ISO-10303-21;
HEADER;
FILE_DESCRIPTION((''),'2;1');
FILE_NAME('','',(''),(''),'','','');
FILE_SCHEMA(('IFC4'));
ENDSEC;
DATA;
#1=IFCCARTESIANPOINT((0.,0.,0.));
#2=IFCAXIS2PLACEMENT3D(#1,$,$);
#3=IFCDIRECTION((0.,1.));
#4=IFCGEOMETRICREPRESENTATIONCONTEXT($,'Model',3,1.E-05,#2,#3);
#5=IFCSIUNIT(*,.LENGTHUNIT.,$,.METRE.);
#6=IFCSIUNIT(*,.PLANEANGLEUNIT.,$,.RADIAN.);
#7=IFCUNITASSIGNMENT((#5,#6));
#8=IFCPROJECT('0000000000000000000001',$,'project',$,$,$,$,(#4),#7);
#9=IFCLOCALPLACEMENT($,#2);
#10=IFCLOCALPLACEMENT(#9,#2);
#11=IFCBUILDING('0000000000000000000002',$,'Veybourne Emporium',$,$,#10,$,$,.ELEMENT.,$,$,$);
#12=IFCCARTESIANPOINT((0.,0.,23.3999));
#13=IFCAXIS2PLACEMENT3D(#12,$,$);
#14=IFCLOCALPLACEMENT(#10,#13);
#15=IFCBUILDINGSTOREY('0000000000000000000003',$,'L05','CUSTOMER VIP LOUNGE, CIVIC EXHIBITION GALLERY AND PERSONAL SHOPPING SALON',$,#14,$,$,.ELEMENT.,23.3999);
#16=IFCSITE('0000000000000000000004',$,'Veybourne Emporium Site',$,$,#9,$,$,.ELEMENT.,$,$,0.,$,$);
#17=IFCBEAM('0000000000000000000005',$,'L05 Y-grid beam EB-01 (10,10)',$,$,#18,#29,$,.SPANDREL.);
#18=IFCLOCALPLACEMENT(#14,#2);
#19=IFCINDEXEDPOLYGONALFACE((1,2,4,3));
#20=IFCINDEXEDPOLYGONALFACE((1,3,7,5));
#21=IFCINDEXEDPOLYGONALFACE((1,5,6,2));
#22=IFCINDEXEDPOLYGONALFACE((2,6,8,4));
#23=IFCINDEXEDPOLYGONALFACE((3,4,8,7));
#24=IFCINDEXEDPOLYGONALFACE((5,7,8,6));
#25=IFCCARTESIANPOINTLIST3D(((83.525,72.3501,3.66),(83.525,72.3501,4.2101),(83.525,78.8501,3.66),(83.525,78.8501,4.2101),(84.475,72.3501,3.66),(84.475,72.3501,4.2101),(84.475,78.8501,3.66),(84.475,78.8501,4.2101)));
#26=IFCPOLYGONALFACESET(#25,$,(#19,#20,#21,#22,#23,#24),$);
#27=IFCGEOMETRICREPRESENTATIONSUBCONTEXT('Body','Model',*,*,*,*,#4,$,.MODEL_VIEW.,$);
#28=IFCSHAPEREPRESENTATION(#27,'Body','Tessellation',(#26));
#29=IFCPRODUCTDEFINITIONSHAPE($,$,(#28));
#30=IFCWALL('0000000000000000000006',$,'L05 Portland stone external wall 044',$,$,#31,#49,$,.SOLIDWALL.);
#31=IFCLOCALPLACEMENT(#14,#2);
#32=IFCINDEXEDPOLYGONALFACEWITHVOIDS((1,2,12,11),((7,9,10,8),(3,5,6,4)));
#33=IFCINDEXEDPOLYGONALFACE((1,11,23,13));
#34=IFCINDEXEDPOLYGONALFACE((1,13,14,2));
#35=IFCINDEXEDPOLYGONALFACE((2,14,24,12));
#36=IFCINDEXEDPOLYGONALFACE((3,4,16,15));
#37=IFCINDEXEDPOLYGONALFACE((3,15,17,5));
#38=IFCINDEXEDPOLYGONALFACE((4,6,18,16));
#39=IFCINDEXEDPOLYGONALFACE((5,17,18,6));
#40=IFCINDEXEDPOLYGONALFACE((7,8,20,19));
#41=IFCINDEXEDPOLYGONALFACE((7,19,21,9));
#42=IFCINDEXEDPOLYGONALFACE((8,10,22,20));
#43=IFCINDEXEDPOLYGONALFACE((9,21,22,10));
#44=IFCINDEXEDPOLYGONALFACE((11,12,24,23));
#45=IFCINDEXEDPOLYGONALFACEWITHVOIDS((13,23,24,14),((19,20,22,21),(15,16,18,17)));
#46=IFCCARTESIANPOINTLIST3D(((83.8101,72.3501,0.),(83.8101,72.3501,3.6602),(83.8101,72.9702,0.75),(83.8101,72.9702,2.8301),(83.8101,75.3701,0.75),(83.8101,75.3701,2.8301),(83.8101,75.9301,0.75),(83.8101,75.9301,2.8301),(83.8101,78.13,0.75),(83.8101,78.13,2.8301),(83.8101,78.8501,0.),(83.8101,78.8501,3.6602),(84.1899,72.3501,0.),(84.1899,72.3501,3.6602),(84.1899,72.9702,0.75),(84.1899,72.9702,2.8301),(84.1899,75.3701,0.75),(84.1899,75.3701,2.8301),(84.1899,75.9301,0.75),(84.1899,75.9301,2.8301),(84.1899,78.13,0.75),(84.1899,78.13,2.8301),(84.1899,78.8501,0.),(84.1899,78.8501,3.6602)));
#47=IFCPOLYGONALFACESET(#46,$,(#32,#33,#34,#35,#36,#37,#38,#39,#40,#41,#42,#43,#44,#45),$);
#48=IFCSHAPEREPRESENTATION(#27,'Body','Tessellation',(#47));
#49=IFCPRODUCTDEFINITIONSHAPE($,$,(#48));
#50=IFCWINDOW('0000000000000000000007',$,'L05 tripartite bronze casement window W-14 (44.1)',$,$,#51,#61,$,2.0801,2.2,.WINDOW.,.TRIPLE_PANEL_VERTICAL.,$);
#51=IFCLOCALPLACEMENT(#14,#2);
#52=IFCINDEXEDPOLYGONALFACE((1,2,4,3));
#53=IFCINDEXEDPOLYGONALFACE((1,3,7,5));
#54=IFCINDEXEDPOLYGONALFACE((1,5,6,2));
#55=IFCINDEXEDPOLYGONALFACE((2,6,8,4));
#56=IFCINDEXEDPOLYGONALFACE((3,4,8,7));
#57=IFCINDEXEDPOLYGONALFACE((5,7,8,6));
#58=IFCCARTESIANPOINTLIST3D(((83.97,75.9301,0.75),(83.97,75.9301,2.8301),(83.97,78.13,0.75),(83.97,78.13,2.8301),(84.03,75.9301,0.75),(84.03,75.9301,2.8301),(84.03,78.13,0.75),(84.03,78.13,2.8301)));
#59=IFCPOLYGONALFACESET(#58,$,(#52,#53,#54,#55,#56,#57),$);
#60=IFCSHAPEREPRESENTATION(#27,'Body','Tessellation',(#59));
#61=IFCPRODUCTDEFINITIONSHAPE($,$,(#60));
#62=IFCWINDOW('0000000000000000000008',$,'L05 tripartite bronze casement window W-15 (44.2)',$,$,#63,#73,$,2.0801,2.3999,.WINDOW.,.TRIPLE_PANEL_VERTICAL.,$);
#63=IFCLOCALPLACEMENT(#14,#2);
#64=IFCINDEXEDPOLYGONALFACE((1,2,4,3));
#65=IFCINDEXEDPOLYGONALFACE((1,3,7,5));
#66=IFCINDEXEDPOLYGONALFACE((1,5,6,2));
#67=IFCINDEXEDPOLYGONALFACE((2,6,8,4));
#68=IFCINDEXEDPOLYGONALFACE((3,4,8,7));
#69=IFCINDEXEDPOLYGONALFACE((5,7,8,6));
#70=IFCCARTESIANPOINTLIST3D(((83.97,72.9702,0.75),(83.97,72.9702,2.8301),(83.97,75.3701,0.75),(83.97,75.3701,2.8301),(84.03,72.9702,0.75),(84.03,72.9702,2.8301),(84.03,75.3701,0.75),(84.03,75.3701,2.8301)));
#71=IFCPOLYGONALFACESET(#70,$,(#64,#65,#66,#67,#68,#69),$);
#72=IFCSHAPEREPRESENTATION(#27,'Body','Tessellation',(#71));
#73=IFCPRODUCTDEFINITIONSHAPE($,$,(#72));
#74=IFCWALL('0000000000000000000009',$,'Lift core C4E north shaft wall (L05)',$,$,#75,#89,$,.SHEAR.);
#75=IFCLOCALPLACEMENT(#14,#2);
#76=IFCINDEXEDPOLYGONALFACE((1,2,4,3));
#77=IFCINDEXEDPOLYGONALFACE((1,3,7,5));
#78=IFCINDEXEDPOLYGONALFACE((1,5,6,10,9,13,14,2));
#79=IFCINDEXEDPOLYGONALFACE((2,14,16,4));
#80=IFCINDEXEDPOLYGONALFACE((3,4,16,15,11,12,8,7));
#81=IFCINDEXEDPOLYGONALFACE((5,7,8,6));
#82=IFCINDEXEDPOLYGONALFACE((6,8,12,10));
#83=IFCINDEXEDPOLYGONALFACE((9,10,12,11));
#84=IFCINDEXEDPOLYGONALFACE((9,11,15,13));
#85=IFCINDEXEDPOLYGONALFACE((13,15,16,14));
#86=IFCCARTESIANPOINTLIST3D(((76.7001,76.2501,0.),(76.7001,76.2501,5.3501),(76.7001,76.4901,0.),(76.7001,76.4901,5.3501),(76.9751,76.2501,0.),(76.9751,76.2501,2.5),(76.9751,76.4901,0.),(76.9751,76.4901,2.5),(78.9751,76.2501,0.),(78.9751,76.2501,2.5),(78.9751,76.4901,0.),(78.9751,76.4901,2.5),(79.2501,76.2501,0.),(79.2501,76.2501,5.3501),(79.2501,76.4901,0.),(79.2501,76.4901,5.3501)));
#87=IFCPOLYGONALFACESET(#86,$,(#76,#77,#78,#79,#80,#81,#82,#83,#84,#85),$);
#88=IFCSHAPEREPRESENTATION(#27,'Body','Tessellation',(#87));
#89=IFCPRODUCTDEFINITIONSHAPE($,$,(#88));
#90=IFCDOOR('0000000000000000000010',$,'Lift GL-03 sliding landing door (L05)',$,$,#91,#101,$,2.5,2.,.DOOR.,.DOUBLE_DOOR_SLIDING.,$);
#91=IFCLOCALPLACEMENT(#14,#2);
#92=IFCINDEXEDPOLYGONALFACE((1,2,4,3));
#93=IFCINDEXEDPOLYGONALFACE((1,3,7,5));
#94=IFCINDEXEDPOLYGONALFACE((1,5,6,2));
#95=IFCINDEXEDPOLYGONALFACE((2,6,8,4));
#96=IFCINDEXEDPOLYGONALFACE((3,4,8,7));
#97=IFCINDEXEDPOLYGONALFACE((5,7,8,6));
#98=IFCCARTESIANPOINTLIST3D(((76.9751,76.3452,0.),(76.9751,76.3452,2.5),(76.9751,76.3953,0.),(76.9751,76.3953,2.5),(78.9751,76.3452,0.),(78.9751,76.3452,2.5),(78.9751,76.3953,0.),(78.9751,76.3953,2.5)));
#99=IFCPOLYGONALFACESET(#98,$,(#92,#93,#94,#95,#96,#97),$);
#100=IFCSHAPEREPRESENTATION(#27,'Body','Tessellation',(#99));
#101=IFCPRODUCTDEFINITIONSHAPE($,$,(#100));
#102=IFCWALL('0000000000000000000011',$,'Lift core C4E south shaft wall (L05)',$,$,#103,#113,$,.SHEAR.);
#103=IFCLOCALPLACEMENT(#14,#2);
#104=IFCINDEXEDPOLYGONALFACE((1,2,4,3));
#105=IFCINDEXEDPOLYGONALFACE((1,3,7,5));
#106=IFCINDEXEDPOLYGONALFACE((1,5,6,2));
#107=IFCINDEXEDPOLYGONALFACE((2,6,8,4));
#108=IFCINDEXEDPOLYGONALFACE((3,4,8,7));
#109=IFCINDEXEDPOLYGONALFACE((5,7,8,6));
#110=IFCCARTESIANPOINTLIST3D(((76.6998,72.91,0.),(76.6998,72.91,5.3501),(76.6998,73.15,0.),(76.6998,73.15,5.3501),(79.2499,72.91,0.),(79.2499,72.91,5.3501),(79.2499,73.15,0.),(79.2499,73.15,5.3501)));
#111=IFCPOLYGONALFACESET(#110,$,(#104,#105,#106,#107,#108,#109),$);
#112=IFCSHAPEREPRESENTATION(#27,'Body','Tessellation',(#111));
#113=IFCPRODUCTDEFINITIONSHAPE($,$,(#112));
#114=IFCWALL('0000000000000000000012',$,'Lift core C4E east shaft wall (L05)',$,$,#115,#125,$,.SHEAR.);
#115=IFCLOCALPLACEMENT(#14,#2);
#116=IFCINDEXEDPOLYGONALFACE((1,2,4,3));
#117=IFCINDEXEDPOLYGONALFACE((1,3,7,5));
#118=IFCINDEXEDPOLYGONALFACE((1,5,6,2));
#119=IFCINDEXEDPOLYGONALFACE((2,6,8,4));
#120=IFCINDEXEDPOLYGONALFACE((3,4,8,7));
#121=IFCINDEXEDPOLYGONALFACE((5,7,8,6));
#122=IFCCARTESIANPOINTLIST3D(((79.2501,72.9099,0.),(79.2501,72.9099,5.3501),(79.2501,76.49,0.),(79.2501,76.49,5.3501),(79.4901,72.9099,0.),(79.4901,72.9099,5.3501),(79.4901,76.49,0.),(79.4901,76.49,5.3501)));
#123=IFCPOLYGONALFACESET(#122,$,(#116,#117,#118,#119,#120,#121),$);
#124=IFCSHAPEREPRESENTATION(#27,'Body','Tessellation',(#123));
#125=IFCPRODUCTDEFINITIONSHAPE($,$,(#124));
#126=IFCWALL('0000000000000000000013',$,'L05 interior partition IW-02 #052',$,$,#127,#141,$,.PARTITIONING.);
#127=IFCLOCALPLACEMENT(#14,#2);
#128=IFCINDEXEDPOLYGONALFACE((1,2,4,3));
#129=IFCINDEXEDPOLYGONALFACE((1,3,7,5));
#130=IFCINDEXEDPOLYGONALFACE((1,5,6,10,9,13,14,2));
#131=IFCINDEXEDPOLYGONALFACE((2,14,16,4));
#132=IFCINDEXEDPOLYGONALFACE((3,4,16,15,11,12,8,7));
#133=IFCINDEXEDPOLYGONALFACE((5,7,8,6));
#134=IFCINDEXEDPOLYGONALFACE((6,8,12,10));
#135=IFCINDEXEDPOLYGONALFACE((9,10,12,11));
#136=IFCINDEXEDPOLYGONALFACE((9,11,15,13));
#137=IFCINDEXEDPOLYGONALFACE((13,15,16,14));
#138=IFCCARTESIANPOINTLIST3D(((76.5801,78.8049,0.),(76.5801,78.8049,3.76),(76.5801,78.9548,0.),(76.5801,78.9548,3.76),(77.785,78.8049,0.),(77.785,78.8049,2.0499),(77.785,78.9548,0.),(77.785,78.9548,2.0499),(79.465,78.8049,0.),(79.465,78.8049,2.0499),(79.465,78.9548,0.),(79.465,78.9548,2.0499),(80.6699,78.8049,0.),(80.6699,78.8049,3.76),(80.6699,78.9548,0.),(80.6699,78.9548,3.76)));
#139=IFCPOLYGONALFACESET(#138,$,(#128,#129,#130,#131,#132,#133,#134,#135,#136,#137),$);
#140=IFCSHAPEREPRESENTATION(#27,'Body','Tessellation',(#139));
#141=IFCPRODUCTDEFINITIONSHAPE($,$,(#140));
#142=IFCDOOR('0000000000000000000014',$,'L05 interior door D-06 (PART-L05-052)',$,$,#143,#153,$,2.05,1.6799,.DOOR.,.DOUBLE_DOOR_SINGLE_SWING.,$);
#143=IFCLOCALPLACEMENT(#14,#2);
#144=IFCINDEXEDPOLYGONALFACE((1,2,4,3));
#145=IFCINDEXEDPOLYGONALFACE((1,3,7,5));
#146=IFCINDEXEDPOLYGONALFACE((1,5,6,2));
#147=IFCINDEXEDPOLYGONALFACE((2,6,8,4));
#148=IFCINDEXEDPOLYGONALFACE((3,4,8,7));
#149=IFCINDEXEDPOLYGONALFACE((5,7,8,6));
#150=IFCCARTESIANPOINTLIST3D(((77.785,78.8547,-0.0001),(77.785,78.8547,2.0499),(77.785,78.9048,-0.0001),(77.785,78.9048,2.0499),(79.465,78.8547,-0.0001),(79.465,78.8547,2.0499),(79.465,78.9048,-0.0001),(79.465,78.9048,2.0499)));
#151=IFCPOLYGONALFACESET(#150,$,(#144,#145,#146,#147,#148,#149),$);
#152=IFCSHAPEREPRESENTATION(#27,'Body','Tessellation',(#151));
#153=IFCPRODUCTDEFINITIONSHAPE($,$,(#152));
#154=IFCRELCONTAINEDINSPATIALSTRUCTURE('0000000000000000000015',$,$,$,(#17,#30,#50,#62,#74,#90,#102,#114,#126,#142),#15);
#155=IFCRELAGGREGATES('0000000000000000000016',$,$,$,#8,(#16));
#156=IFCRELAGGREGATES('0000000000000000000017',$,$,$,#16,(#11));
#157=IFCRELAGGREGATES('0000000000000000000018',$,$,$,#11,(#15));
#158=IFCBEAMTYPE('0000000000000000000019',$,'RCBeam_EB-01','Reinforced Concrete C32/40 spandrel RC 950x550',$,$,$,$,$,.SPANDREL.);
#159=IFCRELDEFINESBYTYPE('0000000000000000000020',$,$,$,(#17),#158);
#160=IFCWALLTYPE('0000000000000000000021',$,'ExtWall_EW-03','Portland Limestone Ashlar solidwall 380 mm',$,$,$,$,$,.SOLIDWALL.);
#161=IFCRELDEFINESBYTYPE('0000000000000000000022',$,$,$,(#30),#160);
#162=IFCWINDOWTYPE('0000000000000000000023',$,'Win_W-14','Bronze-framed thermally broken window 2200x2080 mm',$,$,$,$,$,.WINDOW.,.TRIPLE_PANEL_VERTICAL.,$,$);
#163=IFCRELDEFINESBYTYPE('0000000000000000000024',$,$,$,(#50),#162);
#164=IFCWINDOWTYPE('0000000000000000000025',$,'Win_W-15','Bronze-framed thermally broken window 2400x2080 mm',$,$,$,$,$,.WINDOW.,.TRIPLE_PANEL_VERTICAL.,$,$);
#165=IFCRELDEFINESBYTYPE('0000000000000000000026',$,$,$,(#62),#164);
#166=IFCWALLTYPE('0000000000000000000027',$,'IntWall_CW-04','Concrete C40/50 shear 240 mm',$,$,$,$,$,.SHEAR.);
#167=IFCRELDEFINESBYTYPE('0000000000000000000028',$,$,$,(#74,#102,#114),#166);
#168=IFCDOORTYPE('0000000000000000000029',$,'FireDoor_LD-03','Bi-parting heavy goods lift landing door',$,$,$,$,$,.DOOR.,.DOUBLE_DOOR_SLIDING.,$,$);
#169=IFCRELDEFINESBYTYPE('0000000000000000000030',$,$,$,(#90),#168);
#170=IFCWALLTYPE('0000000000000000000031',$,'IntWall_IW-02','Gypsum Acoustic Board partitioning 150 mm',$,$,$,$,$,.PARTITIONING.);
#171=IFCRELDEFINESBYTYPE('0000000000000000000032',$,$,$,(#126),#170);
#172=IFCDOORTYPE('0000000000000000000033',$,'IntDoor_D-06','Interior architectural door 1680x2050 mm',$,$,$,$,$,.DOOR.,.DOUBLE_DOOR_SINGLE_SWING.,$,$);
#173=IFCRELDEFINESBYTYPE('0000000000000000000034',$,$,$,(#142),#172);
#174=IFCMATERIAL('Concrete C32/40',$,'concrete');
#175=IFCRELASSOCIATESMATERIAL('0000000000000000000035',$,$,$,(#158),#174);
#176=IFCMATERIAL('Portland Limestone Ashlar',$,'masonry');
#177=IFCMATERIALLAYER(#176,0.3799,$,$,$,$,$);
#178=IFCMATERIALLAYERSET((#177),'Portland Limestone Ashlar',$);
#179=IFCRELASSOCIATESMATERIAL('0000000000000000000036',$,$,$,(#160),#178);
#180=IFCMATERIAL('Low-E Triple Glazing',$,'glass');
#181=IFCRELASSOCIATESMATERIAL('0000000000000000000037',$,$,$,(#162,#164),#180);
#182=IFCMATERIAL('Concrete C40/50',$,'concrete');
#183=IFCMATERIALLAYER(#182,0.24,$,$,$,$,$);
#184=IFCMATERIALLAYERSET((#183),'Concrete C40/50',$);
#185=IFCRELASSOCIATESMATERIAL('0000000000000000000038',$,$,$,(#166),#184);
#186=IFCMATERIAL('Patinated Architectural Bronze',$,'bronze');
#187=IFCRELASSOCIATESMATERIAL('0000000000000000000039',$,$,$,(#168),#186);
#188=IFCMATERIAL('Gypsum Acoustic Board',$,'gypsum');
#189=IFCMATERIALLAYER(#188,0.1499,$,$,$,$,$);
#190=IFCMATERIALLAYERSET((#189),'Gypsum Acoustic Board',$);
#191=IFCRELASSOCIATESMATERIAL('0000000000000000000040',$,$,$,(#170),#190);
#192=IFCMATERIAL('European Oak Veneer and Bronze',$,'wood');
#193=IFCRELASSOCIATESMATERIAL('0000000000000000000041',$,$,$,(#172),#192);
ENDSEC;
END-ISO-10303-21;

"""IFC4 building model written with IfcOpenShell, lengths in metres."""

from ifc_helpers import new_model, si_unit, direction, frame, frame_2d, origin, origin_2d, place, context, subcontext, project, spatial, rectangle, extrude, material, layer, layer_set, material_profile, profile_set, type_object, element, fill, save


model = new_model("IFC4")

# Units and contexts
model_context = context("Model", 3, precision=1e-05, world=origin(), true_north=direction((0.0, 1.0)))
body_context = subcontext(model_context, "Body", "Model", "MODEL_VIEW")
ifc_project = project(units=[si_unit("LENGTHUNIT", "METRE"), si_unit("PLANEANGLEUNIT", "RADIAN")], contexts=[model_context])

# Site, building, storey
site_placement = place(None, origin())
site = spatial("IfcSite", under=ifc_project, at=site_placement, Name="Veybourne Emporium Site", CompositionType="ELEMENT", RefElevation=0.0)
building_placement = place(site_placement, origin())
building = spatial("IfcBuilding", under=site, at=building_placement, Name="Veybourne Emporium", CompositionType="ELEMENT")
storey_placement = place(building_placement, frame((0.0, 0.0, 23.3999)))
storey = spatial("IfcBuildingStorey", under=building, at=storey_placement, Name="L05", Description="CUSTOMER VIP LOUNGE, CIVIC EXHIBITION GALLERY AND PERSONAL SHOPPING SALON", CompositionType="ELEMENT", Elevation=23.3999)

# Beam
ifc_material_1 = material(Name="Concrete C32/40", Category="concrete")
ifc_material_profile = material_profile(ifc_material_1, rectangle(XDim=0.95, YDim=0.55, at=origin_2d()), Name="RC 950x550")
ifc_profile_set = profile_set([ifc_material_profile], Name="Concrete C32/40")
beam_type = type_object("IfcBeamType", Name="RCBeam_EB-01", Description="Reinforced Concrete C32/40 spandrel RC 950x550", PredefinedType="SPANDREL", material=ifc_profile_set)
beam_placement = place(storey_placement, frame((84.0, 72.3501, 3.9351), z_axis=(0.0, 1.0, 0.0), x_axis=(-1.0, 0.0, 0.0)))
element("IfcBeam", 1, at=beam_placement, inside=storey, type_object=beam_type, Name="L05 Y-grid beam EB-01 (10,10)", PredefinedType="SPANDREL", context=body_context, shape_type="SweptSolid", body=[
    extrude(rectangle(XDim=0.95, YDim=0.55, at=origin_2d()), origin(), (0.0, 0.0, 1.0), 6.5),
])

# Wall, openings, windows
ifc_material_2 = material(Name="Portland Limestone Ashlar", Category="masonry")
ifc_layer_1 = layer(ifc_material_2, 0.3799)
ifc_layer_set_1 = layer_set([ifc_layer_1], Name="Portland Limestone Ashlar")
wall_type_1 = type_object("IfcWallType", Name="ExtWall_EW-03", Description="Portland Limestone Ashlar solidwall 380 mm", PredefinedType="SOLIDWALL", material=ifc_layer_set_1)
wall_1_placement = place(storey_placement, frame((84.0, 78.8501, 0.0), z_axis=(0.0, 0.0, 1.0), x_axis=(0.0, -1.0, 0.0)))
wall_1 = element("IfcWall", 2, at=wall_1_placement, inside=storey, type_object=wall_type_1, Name="L05 Portland stone external wall 044", PredefinedType="SOLIDWALL", context=body_context, shape_type="SweptSolid", body=[
    extrude(rectangle(XDim=6.5, YDim=0.3799, at=frame_2d((3.25, 0.0))), origin(), (0.0, 0.0, 1.0), 3.6602),
])
opening_1_placement = place(wall_1_placement, frame((0.72, 0.0, 0.75)))
opening_1 = element("IfcOpeningElement", 3, at=opening_1_placement, cuts=wall_1, PredefinedType="OPENING", context=body_context, shape_type="SweptSolid", body=[
    extrude(rectangle(XDim=2.2, YDim=2.0801, at=frame_2d((1.1001, 1.04))), frame((0.0, 0.21, 0.0), z_axis=(0.0, -1.0, 0.0), x_axis=(1.0, 0.0, 0.0)), (0.0, 0.0, 1.0), 0.4199),
])
opening_2_placement = place(wall_1_placement, frame((3.48, 0.0, 0.75)))
opening_2 = element("IfcOpeningElement", 4, at=opening_2_placement, cuts=wall_1, PredefinedType="OPENING", context=body_context, shape_type="SweptSolid", body=[
    extrude(rectangle(XDim=2.3999, YDim=2.0801, at=frame_2d((1.2, 1.04))), frame((0.0, 0.21, 0.0), z_axis=(0.0, -1.0, 0.0), x_axis=(1.0, 0.0, 0.0)), (0.0, 0.0, 1.0), 0.4199),
])
ifc_material_3 = material(Name="Low-E Triple Glazing", Category="glass")
window_type_1 = type_object("IfcWindowType", Name="Win_W-14", Description="Bronze-framed thermally broken window 2200x2080 mm", PartitioningType="TRIPLE_PANEL_VERTICAL", PredefinedType="WINDOW", material=ifc_material_3)
window_1_placement = place(opening_1_placement, origin())
window_1 = element("IfcWindow", 5, at=window_1_placement, inside=storey, type_object=window_type_1, Name="L05 tripartite bronze casement window W-14 (44.1)", OverallHeight=2.0801, OverallWidth=2.2, PartitioningType="TRIPLE_PANEL_VERTICAL", PredefinedType="WINDOW", context=body_context, shape_type="SweptSolid", body=[
    extrude(rectangle(XDim=2.2, YDim=2.0801, at=frame_2d((1.1001, 1.04))), frame((0.0, 0.03, 0.0), z_axis=(0.0, -1.0, 0.0), x_axis=(1.0, 0.0, 0.0)), (0.0, 0.0, 1.0), 0.0601),
])
fill(opening_1, window_1)
window_type_2 = type_object("IfcWindowType", Name="Win_W-15", Description="Bronze-framed thermally broken window 2400x2080 mm", PartitioningType="TRIPLE_PANEL_VERTICAL", PredefinedType="WINDOW", material=ifc_material_3)
window_2_placement = place(opening_2_placement, origin())
window_2 = element("IfcWindow", 6, at=window_2_placement, inside=storey, type_object=window_type_2, Name="L05 tripartite bronze casement window W-15 (44.2)", OverallHeight=2.0801, OverallWidth=2.3999, PartitioningType="TRIPLE_PANEL_VERTICAL", PredefinedType="WINDOW", context=body_context, shape_type="SweptSolid", body=[
    extrude(rectangle(XDim=2.3999, YDim=2.0801, at=frame_2d((1.2, 1.04))), frame((0.0, 0.03, 0.0), z_axis=(0.0, -1.0, 0.0), x_axis=(1.0, 0.0, 0.0)), (0.0, 0.0, 1.0), 0.0601),
])
fill(opening_2, window_2)

# Wall, opening, door
ifc_material_4 = material(Name="Concrete C40/50", Category="concrete")
ifc_layer_2 = layer(ifc_material_4, 0.24)
ifc_layer_set_2 = layer_set([ifc_layer_2], Name="Concrete C40/50")
wall_type_2 = type_object("IfcWallType", Name="IntWall_CW-04", Description="Concrete C40/50 shear 240 mm", PredefinedType="SHEAR", material=ifc_layer_set_2)
wall_2_placement = place(storey_placement, frame((79.25, 76.3701, 0.0), z_axis=(0.0, 0.0, 1.0), x_axis=(-1.0, 0.0, 0.0)))
wall_2 = element("IfcWall", 7, at=wall_2_placement, inside=storey, type_object=wall_type_2, Name="Lift core C4E north shaft wall (L05)", PredefinedType="SHEAR", context=body_context, shape_type="SweptSolid", body=[
    extrude(rectangle(XDim=2.55, YDim=0.24, at=frame_2d((1.2749, 0.0))), origin(), (0.0, 0.0, 1.0), 5.3501),
])
opening_3_placement = place(wall_2_placement, frame((0.2749, 0.0, 0.0)))
opening_3 = element("IfcOpeningElement", 8, at=opening_3_placement, cuts=wall_2, PredefinedType="OPENING", context=body_context, shape_type="SweptSolid", body=[
    extrude(rectangle(XDim=2.0, YDim=2.5, at=frame_2d((1.0, 1.25))), frame((0.0, 0.1401, 0.0), z_axis=(0.0, -1.0, 0.0), x_axis=(1.0, 0.0, 0.0)), (0.0, 0.0, 1.0), 0.28),
])
ifc_material_5 = material(Name="Patinated Architectural Bronze", Category="bronze")
door_type_1 = type_object("IfcDoorType", Name="FireDoor_LD-03", Description="Bi-parting heavy goods lift landing door", OperationType="DOUBLE_DOOR_SLIDING", PredefinedType="DOOR", material=ifc_material_5)
door_1_placement = place(opening_3_placement, origin())
door_1 = element("IfcDoor", 9, at=door_1_placement, inside=storey, type_object=door_type_1, Name="Lift GL-03 sliding landing door (L05)", OperationType="DOUBLE_DOOR_SLIDING", OverallHeight=2.5, OverallWidth=2.0, PredefinedType="DOOR", context=body_context, shape_type="SweptSolid", body=[
    extrude(rectangle(XDim=2.0, YDim=2.5, at=frame_2d((1.0, 1.25))), frame((0.0, 0.0249, 0.0), z_axis=(0.0, -1.0, 0.0), x_axis=(1.0, 0.0, 0.0)), (0.0, 0.0, 1.0), 0.05),
])
fill(opening_3, door_1)

# Walls
wall_3_placement = place(storey_placement, frame((76.7, 73.03, 0.0), z_axis=(0.0, 0.0, 1.0), x_axis=(1.0, 0.0, 0.0)))
element("IfcWall", 10, at=wall_3_placement, inside=storey, type_object=wall_type_2, Name="Lift core C4E south shaft wall (L05)", PredefinedType="SHEAR", context=body_context, shape_type="SweptSolid", body=[
    extrude(rectangle(XDim=2.55, YDim=0.24, at=frame_2d((1.2749, 0.0))), origin(), (0.0, 0.0, 1.0), 5.3501),
])
wall_4_placement = place(storey_placement, frame((79.3701, 72.9099, 0.0), z_axis=(0.0, 0.0, 1.0), x_axis=(0.0, 1.0, 0.0)))
element("IfcWall", 11, at=wall_4_placement, inside=storey, type_object=wall_type_2, Name="Lift core C4E east shaft wall (L05)", PredefinedType="SHEAR", context=body_context, shape_type="SweptSolid", body=[
    extrude(rectangle(XDim=3.5801, YDim=0.24, at=frame_2d((1.79, 0.0))), origin(), (0.0, 0.0, 1.0), 5.3501),
])

# Wall, opening, door
ifc_material_6 = material(Name="Gypsum Acoustic Board", Category="gypsum")
ifc_layer_3 = layer(ifc_material_6, 0.1499)
ifc_layer_set_3 = layer_set([ifc_layer_3], Name="Gypsum Acoustic Board")
wall_type_3 = type_object("IfcWallType", Name="IntWall_IW-02", Description="Gypsum Acoustic Board partitioning 150 mm", PredefinedType="PARTITIONING", material=ifc_layer_set_3)
wall_5_placement = place(storey_placement, frame((76.5801, 78.8799, 0.0), z_axis=(0.0, 0.0, 1.0), x_axis=(1.0, 0.0, 0.0)))
wall_5 = element("IfcWall", 12, at=wall_5_placement, inside=storey, type_object=wall_type_3, Name="L05 interior partition IW-02 #052", PredefinedType="PARTITIONING", context=body_context, shape_type="SweptSolid", body=[
    extrude(rectangle(XDim=4.0898, YDim=0.1499, at=frame_2d((2.0449, 0.0))), origin(), (0.0, 0.0, 1.0), 3.76),
])
opening_4_placement = place(wall_5_placement, frame((1.2051, 0.0, 0.0)))
opening_4 = element("IfcOpeningElement", 13, at=opening_4_placement, cuts=wall_5, PredefinedType="OPENING", context=body_context, shape_type="SweptSolid", body=[
    extrude(rectangle(XDim=1.6799, YDim=2.05, at=frame_2d((0.8398, 1.0249))), frame((0.0, 0.095, 0.0), z_axis=(0.0, -1.0, 0.0), x_axis=(1.0, 0.0, 0.0)), (0.0, 0.0, 1.0), 0.1899),
])
ifc_material_7 = material(Name="European Oak Veneer and Bronze", Category="wood")
door_type_2 = type_object("IfcDoorType", Name="IntDoor_D-06", Description="Interior architectural door 1680x2050 mm", OperationType="DOUBLE_DOOR_SINGLE_SWING", PredefinedType="DOOR", material=ifc_material_7)
door_2_placement = place(opening_4_placement, origin())
door_2 = element("IfcDoor", 14, at=door_2_placement, inside=storey, type_object=door_type_2, Name="L05 interior door D-06 (PART-L05-052)", OperationType="DOUBLE_DOOR_SINGLE_SWING", OverallHeight=2.05, OverallWidth=1.6799, PredefinedType="DOOR", context=body_context, shape_type="SweptSolid", body=[
    extrude(rectangle(XDim=1.6799, YDim=2.05, at=frame_2d((0.8398, 1.0249))), frame((0.0, 0.0249, 0.0), z_axis=(0.0, -1.0, 0.0), x_axis=(1.0, 0.0, 0.0)), (0.0, 0.0, 1.0), 0.05),
])
fill(opening_4, door_2)

save(model, "model.ifc")
